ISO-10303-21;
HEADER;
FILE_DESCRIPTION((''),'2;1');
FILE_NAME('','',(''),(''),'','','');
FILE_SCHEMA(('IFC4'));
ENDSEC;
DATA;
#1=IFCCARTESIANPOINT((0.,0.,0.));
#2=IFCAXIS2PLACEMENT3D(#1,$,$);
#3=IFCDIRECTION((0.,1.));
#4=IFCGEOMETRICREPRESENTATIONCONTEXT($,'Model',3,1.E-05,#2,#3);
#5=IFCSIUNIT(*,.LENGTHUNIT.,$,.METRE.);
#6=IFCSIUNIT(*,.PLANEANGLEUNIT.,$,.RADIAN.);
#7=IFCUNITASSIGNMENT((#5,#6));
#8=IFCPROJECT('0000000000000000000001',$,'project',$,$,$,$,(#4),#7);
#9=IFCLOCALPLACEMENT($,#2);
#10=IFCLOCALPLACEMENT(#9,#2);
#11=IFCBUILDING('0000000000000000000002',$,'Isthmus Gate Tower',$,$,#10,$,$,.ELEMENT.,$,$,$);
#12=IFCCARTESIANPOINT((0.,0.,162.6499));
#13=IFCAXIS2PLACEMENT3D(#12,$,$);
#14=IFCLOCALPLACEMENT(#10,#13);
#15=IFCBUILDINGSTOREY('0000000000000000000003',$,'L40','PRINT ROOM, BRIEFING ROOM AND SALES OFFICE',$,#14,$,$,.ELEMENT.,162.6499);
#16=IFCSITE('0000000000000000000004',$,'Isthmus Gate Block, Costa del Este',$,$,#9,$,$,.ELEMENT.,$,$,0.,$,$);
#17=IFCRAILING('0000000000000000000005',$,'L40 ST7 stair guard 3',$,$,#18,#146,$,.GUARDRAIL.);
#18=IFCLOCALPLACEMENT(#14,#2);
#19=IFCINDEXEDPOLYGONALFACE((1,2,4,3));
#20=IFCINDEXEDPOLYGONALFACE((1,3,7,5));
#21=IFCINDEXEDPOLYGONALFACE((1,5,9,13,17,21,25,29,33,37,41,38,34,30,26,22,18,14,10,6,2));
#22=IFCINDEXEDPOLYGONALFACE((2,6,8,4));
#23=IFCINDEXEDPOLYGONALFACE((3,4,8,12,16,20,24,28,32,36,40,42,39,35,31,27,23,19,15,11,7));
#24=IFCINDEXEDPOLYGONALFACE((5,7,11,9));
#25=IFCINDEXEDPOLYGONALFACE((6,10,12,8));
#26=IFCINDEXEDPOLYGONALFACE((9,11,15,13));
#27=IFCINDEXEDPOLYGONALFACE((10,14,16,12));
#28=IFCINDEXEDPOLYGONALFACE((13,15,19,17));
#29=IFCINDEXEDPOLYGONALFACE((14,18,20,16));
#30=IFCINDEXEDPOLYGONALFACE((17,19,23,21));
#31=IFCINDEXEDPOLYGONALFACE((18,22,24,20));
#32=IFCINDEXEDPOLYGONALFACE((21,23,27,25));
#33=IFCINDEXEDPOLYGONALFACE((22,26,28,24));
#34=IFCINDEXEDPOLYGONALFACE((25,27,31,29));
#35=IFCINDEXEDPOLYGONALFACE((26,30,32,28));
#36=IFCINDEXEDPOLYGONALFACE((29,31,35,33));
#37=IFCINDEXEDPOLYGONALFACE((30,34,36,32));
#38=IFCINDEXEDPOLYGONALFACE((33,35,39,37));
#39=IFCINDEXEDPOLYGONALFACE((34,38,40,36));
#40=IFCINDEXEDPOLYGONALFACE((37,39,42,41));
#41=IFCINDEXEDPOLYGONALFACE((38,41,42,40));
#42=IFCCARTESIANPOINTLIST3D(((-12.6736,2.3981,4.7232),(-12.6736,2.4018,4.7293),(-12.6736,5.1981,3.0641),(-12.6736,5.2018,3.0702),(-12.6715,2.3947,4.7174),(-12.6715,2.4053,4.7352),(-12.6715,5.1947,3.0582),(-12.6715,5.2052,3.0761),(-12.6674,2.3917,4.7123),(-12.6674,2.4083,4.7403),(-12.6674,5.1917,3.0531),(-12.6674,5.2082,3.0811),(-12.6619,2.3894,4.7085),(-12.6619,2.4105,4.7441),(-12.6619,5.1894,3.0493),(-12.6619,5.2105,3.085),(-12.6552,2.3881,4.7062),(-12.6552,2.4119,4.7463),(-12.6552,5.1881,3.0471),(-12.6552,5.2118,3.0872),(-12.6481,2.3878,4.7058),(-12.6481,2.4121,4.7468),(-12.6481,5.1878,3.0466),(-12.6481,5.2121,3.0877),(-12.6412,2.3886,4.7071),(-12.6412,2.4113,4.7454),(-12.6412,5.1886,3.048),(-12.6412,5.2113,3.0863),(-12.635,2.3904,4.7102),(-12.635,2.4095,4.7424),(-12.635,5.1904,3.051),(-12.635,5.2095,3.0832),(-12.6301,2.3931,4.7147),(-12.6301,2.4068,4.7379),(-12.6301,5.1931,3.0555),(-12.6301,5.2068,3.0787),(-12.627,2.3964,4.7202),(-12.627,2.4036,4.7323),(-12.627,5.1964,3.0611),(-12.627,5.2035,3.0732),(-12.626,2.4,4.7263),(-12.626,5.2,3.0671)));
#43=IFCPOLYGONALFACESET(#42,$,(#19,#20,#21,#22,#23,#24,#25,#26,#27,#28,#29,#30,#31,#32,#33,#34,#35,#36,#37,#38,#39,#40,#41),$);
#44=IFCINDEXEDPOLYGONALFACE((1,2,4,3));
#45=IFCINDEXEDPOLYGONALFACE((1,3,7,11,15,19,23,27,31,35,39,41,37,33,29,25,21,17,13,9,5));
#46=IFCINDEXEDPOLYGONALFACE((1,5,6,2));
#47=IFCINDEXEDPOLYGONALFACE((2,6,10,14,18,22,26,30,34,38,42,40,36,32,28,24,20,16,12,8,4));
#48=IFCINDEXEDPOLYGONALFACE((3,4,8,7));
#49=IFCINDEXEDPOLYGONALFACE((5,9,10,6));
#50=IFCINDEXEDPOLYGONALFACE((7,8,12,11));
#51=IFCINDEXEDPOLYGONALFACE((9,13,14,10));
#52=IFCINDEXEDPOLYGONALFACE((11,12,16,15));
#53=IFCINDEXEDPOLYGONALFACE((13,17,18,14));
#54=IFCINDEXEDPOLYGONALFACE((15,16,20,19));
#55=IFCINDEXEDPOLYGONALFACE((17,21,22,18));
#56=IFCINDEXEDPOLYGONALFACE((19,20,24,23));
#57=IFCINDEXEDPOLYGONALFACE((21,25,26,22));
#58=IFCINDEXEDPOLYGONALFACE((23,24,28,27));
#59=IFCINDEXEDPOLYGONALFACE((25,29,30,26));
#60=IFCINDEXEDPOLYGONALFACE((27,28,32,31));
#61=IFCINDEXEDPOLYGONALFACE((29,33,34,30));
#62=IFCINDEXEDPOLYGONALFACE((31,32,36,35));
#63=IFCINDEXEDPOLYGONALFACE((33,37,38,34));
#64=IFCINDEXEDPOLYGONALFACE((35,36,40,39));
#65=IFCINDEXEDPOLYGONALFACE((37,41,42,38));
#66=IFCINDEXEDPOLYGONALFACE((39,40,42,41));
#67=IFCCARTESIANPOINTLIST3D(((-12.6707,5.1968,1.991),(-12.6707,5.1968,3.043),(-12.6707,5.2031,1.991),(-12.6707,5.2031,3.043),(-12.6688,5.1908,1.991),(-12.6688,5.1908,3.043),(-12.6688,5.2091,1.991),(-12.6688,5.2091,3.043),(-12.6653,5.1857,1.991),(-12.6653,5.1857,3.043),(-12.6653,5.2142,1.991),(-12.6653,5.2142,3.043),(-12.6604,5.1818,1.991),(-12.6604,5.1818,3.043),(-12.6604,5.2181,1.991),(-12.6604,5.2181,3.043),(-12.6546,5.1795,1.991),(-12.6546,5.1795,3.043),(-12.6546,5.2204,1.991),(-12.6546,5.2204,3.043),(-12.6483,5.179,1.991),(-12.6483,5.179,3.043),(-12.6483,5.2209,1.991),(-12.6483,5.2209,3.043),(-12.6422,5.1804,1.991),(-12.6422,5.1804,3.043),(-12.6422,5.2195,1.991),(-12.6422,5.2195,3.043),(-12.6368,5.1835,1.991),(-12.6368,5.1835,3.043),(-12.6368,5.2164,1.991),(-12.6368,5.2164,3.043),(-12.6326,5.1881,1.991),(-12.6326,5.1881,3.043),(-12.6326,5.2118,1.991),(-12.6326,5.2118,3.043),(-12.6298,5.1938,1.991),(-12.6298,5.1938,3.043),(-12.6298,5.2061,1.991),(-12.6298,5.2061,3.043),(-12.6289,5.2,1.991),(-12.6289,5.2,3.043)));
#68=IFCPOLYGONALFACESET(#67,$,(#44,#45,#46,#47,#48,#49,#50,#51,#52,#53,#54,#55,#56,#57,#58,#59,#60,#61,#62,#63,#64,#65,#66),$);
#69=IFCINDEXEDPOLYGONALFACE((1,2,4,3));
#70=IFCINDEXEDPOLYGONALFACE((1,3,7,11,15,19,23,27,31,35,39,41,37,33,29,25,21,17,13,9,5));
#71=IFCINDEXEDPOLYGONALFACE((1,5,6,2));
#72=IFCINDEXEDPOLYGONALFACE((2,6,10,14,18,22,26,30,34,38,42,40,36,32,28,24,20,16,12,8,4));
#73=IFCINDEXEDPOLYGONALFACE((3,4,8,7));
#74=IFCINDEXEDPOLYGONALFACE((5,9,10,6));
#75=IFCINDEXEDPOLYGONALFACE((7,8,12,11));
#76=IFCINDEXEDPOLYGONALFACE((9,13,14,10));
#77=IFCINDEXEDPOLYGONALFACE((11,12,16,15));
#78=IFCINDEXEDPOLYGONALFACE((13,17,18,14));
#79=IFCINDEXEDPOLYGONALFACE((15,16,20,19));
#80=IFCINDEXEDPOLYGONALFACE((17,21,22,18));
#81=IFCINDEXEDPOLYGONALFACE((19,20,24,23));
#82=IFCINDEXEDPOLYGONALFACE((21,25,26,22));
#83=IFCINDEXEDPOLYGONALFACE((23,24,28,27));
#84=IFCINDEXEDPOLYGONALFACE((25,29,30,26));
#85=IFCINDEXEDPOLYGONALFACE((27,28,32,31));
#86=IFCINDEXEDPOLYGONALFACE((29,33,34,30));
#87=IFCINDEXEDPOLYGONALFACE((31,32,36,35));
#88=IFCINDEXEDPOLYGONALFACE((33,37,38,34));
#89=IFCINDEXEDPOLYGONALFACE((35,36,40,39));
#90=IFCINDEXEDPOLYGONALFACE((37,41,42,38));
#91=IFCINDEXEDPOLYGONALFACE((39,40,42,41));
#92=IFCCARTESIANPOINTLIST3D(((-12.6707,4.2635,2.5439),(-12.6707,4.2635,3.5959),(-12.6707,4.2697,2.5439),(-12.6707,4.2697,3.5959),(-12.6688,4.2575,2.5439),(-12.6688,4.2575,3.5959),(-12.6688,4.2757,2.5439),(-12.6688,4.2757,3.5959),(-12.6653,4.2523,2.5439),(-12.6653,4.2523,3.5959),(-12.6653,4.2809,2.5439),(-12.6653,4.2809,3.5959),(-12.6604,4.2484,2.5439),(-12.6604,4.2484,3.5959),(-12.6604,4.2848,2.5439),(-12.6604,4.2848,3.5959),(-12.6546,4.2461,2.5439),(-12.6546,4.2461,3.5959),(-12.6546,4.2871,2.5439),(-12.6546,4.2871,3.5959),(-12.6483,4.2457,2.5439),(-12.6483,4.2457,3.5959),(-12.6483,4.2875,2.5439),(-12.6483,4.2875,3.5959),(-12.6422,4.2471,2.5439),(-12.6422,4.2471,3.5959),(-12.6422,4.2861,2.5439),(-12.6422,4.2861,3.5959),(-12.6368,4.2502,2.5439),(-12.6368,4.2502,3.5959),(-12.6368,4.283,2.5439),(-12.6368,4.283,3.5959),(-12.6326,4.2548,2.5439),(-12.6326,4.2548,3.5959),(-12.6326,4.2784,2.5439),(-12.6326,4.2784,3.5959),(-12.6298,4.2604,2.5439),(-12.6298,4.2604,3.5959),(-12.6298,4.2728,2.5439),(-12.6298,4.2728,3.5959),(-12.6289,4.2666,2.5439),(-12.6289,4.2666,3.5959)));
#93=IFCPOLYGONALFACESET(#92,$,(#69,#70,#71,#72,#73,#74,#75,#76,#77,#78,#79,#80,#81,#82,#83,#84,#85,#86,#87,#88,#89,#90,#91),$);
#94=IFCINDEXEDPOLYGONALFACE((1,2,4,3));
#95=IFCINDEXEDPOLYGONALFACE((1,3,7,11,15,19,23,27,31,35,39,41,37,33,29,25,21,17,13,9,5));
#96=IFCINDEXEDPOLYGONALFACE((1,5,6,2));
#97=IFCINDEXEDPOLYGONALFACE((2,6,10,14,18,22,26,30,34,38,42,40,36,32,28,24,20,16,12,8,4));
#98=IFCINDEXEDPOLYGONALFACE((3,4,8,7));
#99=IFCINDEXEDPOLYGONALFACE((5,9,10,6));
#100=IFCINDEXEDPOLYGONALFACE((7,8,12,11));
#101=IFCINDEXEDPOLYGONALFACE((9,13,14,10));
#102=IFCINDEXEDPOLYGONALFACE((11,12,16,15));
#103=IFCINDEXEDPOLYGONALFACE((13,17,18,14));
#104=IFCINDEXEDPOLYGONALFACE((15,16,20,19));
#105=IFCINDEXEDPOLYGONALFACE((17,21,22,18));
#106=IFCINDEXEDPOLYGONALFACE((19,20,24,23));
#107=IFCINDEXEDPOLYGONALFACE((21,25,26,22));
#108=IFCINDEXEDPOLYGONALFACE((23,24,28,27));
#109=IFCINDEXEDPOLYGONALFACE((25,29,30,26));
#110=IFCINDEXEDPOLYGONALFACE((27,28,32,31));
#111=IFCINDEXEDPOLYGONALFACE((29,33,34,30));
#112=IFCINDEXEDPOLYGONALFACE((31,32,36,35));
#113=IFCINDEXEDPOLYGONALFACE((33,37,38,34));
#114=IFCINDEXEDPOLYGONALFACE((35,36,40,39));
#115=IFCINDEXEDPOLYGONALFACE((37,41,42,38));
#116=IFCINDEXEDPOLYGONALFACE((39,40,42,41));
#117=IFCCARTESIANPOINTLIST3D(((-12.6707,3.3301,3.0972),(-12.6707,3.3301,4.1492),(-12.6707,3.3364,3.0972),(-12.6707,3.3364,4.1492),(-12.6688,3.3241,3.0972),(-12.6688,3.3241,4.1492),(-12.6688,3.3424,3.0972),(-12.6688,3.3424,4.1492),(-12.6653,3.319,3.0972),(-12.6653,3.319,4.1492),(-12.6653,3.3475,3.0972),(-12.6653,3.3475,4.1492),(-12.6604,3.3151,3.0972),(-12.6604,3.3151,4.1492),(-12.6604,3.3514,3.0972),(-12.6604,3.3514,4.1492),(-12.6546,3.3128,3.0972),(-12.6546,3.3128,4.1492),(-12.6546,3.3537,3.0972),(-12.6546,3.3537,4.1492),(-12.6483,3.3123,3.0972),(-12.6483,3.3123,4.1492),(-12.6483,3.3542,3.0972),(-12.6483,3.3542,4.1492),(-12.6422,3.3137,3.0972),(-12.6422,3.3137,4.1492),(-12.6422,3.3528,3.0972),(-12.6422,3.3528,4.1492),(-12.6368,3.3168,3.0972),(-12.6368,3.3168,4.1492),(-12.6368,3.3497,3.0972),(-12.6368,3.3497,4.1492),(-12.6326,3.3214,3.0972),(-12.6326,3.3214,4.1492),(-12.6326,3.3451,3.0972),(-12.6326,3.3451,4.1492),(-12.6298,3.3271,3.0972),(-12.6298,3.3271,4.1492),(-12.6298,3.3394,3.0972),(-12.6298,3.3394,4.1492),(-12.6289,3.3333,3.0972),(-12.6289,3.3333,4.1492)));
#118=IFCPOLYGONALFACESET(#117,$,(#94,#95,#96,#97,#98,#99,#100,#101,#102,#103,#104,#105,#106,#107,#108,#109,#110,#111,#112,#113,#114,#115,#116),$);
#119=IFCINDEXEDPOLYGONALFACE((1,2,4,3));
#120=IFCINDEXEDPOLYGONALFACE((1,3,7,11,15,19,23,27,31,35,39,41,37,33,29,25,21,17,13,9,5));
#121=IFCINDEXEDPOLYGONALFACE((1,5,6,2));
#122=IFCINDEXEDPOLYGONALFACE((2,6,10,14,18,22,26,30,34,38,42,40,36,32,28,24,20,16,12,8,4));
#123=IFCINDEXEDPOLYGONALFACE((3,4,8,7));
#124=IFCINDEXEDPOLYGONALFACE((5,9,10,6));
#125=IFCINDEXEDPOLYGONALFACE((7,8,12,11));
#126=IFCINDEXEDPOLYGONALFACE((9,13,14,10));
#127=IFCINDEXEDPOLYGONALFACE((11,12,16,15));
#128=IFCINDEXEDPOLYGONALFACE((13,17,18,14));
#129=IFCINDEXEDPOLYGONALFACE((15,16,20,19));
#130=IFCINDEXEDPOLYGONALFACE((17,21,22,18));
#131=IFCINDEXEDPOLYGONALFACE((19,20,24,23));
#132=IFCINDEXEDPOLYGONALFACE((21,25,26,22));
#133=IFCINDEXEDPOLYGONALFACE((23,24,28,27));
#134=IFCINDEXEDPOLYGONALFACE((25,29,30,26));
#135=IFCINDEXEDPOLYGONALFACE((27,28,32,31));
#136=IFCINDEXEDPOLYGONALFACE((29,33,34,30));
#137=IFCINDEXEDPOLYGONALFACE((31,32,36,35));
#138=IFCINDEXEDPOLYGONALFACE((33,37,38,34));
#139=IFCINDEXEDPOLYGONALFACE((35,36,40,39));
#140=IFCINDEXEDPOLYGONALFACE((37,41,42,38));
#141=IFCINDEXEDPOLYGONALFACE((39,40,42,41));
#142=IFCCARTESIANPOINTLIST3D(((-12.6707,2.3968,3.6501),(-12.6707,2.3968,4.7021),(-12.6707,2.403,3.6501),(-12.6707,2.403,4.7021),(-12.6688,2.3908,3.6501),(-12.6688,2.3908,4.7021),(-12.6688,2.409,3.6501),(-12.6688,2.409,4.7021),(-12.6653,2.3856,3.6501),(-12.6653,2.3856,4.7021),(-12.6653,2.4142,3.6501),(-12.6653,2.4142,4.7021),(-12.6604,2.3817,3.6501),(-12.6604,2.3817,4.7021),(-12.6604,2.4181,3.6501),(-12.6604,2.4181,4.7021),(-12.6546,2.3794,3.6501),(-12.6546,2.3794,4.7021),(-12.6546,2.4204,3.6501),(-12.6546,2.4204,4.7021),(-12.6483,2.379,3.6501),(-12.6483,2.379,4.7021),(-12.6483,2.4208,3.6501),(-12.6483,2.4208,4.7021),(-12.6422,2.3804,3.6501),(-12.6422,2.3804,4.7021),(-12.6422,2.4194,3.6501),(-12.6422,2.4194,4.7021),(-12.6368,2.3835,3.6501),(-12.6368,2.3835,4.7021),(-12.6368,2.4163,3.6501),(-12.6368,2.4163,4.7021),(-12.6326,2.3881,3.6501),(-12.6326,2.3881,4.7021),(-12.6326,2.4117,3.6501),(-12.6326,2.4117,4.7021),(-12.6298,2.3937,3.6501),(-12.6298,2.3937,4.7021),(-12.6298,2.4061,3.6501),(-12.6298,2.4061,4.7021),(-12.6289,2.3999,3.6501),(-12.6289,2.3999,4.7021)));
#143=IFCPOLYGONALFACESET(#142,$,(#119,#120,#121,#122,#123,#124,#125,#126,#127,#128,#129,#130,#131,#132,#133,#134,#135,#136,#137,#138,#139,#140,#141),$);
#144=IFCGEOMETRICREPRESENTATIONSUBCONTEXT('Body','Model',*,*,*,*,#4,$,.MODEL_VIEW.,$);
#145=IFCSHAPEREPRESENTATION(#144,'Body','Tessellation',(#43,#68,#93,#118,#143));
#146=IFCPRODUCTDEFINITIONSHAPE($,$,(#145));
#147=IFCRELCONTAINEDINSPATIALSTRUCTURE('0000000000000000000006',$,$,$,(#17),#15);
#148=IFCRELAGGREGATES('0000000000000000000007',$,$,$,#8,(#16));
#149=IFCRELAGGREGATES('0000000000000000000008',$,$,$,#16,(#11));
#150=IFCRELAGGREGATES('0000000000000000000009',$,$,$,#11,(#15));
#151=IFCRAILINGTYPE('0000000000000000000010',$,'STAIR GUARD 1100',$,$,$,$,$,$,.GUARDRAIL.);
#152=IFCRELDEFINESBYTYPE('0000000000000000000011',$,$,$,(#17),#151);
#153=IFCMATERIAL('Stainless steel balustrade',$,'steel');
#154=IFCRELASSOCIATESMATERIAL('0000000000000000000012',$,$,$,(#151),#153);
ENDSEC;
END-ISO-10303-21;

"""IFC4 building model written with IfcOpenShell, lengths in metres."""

from ifc_helpers import new_model, si_unit, direction, frame, origin, origin_2d, place, context, subcontext, project, spatial, circle, extrude, material, type_object, element, save


model = new_model("IFC4")

# Units and contexts
model_context = context("Model", 3, precision=1e-05, world=origin(), true_north=direction((0.0, 1.0)))
body_context = subcontext(model_context, "Body", "Model", "MODEL_VIEW")
ifc_project = project(units=[si_unit("LENGTHUNIT", "METRE"), si_unit("PLANEANGLEUNIT", "RADIAN")], contexts=[model_context])

# Site, building, storey
site_placement = place(None, origin())
site = spatial("IfcSite", under=ifc_project, at=site_placement, Name="Isthmus Gate Block, Costa del Este", CompositionType="ELEMENT", RefElevation=0.0)
building_placement = place(site_placement, origin())
building = spatial("IfcBuilding", under=site, at=building_placement, Name="Isthmus Gate Tower", CompositionType="ELEMENT")
storey_placement = place(building_placement, frame((0.0, 0.0, 162.6499)))
storey = spatial("IfcBuildingStorey", under=building, at=storey_placement, Name="L40", Description="PRINT ROOM, BRIEFING ROOM AND SALES OFFICE", CompositionType="ELEMENT", Elevation=162.6499)

# Railing
ifc_material_1 = material(Name="Stainless steel balustrade", Category="steel")
railing_type_1 = type_object("IfcRailingType", Name="STAIR GUARD 1100", PredefinedType="GUARDRAIL", material=ifc_material_1)
railing_1_placement = place(storey_placement, frame((-12.6499, 5.2, 1.991)))
element("IfcRailing", 1, at=railing_1_placement, inside=storey, type_object=railing_type_1, Name="L40 ST7 stair guard 3", PredefinedType="GUARDRAIL", context=body_context, shape_type="SweptSolid", body=[
    extrude(circle(Radius=0.0239, at=origin_2d()), frame((0.0, 0.0, 1.0762), z_axis=(0.0, -0.860306, 0.509778), x_axis=(1.0, 0.0, 0.0)), (0.0, 0.0, 1.0), 3.2546),
    extrude(circle(Radius=0.021, at=origin_2d()), origin(), (0.0, 0.0, 1.0), 1.052),
    extrude(circle(Radius=0.021, at=origin_2d()), frame((0.0, -0.9333, 0.553)), (0.0, 0.0, 1.0), 1.052),
    extrude(circle(Radius=0.021, at=origin_2d()), frame((0.0, -1.8667, 1.1062)), (0.0, 0.0, 1.0), 1.052),
    extrude(circle(Radius=0.021, at=origin_2d()), frame((0.0, -2.8, 1.6592)), (0.0, 0.0, 1.0), 1.052),
])

save(model, "model.ifc")
